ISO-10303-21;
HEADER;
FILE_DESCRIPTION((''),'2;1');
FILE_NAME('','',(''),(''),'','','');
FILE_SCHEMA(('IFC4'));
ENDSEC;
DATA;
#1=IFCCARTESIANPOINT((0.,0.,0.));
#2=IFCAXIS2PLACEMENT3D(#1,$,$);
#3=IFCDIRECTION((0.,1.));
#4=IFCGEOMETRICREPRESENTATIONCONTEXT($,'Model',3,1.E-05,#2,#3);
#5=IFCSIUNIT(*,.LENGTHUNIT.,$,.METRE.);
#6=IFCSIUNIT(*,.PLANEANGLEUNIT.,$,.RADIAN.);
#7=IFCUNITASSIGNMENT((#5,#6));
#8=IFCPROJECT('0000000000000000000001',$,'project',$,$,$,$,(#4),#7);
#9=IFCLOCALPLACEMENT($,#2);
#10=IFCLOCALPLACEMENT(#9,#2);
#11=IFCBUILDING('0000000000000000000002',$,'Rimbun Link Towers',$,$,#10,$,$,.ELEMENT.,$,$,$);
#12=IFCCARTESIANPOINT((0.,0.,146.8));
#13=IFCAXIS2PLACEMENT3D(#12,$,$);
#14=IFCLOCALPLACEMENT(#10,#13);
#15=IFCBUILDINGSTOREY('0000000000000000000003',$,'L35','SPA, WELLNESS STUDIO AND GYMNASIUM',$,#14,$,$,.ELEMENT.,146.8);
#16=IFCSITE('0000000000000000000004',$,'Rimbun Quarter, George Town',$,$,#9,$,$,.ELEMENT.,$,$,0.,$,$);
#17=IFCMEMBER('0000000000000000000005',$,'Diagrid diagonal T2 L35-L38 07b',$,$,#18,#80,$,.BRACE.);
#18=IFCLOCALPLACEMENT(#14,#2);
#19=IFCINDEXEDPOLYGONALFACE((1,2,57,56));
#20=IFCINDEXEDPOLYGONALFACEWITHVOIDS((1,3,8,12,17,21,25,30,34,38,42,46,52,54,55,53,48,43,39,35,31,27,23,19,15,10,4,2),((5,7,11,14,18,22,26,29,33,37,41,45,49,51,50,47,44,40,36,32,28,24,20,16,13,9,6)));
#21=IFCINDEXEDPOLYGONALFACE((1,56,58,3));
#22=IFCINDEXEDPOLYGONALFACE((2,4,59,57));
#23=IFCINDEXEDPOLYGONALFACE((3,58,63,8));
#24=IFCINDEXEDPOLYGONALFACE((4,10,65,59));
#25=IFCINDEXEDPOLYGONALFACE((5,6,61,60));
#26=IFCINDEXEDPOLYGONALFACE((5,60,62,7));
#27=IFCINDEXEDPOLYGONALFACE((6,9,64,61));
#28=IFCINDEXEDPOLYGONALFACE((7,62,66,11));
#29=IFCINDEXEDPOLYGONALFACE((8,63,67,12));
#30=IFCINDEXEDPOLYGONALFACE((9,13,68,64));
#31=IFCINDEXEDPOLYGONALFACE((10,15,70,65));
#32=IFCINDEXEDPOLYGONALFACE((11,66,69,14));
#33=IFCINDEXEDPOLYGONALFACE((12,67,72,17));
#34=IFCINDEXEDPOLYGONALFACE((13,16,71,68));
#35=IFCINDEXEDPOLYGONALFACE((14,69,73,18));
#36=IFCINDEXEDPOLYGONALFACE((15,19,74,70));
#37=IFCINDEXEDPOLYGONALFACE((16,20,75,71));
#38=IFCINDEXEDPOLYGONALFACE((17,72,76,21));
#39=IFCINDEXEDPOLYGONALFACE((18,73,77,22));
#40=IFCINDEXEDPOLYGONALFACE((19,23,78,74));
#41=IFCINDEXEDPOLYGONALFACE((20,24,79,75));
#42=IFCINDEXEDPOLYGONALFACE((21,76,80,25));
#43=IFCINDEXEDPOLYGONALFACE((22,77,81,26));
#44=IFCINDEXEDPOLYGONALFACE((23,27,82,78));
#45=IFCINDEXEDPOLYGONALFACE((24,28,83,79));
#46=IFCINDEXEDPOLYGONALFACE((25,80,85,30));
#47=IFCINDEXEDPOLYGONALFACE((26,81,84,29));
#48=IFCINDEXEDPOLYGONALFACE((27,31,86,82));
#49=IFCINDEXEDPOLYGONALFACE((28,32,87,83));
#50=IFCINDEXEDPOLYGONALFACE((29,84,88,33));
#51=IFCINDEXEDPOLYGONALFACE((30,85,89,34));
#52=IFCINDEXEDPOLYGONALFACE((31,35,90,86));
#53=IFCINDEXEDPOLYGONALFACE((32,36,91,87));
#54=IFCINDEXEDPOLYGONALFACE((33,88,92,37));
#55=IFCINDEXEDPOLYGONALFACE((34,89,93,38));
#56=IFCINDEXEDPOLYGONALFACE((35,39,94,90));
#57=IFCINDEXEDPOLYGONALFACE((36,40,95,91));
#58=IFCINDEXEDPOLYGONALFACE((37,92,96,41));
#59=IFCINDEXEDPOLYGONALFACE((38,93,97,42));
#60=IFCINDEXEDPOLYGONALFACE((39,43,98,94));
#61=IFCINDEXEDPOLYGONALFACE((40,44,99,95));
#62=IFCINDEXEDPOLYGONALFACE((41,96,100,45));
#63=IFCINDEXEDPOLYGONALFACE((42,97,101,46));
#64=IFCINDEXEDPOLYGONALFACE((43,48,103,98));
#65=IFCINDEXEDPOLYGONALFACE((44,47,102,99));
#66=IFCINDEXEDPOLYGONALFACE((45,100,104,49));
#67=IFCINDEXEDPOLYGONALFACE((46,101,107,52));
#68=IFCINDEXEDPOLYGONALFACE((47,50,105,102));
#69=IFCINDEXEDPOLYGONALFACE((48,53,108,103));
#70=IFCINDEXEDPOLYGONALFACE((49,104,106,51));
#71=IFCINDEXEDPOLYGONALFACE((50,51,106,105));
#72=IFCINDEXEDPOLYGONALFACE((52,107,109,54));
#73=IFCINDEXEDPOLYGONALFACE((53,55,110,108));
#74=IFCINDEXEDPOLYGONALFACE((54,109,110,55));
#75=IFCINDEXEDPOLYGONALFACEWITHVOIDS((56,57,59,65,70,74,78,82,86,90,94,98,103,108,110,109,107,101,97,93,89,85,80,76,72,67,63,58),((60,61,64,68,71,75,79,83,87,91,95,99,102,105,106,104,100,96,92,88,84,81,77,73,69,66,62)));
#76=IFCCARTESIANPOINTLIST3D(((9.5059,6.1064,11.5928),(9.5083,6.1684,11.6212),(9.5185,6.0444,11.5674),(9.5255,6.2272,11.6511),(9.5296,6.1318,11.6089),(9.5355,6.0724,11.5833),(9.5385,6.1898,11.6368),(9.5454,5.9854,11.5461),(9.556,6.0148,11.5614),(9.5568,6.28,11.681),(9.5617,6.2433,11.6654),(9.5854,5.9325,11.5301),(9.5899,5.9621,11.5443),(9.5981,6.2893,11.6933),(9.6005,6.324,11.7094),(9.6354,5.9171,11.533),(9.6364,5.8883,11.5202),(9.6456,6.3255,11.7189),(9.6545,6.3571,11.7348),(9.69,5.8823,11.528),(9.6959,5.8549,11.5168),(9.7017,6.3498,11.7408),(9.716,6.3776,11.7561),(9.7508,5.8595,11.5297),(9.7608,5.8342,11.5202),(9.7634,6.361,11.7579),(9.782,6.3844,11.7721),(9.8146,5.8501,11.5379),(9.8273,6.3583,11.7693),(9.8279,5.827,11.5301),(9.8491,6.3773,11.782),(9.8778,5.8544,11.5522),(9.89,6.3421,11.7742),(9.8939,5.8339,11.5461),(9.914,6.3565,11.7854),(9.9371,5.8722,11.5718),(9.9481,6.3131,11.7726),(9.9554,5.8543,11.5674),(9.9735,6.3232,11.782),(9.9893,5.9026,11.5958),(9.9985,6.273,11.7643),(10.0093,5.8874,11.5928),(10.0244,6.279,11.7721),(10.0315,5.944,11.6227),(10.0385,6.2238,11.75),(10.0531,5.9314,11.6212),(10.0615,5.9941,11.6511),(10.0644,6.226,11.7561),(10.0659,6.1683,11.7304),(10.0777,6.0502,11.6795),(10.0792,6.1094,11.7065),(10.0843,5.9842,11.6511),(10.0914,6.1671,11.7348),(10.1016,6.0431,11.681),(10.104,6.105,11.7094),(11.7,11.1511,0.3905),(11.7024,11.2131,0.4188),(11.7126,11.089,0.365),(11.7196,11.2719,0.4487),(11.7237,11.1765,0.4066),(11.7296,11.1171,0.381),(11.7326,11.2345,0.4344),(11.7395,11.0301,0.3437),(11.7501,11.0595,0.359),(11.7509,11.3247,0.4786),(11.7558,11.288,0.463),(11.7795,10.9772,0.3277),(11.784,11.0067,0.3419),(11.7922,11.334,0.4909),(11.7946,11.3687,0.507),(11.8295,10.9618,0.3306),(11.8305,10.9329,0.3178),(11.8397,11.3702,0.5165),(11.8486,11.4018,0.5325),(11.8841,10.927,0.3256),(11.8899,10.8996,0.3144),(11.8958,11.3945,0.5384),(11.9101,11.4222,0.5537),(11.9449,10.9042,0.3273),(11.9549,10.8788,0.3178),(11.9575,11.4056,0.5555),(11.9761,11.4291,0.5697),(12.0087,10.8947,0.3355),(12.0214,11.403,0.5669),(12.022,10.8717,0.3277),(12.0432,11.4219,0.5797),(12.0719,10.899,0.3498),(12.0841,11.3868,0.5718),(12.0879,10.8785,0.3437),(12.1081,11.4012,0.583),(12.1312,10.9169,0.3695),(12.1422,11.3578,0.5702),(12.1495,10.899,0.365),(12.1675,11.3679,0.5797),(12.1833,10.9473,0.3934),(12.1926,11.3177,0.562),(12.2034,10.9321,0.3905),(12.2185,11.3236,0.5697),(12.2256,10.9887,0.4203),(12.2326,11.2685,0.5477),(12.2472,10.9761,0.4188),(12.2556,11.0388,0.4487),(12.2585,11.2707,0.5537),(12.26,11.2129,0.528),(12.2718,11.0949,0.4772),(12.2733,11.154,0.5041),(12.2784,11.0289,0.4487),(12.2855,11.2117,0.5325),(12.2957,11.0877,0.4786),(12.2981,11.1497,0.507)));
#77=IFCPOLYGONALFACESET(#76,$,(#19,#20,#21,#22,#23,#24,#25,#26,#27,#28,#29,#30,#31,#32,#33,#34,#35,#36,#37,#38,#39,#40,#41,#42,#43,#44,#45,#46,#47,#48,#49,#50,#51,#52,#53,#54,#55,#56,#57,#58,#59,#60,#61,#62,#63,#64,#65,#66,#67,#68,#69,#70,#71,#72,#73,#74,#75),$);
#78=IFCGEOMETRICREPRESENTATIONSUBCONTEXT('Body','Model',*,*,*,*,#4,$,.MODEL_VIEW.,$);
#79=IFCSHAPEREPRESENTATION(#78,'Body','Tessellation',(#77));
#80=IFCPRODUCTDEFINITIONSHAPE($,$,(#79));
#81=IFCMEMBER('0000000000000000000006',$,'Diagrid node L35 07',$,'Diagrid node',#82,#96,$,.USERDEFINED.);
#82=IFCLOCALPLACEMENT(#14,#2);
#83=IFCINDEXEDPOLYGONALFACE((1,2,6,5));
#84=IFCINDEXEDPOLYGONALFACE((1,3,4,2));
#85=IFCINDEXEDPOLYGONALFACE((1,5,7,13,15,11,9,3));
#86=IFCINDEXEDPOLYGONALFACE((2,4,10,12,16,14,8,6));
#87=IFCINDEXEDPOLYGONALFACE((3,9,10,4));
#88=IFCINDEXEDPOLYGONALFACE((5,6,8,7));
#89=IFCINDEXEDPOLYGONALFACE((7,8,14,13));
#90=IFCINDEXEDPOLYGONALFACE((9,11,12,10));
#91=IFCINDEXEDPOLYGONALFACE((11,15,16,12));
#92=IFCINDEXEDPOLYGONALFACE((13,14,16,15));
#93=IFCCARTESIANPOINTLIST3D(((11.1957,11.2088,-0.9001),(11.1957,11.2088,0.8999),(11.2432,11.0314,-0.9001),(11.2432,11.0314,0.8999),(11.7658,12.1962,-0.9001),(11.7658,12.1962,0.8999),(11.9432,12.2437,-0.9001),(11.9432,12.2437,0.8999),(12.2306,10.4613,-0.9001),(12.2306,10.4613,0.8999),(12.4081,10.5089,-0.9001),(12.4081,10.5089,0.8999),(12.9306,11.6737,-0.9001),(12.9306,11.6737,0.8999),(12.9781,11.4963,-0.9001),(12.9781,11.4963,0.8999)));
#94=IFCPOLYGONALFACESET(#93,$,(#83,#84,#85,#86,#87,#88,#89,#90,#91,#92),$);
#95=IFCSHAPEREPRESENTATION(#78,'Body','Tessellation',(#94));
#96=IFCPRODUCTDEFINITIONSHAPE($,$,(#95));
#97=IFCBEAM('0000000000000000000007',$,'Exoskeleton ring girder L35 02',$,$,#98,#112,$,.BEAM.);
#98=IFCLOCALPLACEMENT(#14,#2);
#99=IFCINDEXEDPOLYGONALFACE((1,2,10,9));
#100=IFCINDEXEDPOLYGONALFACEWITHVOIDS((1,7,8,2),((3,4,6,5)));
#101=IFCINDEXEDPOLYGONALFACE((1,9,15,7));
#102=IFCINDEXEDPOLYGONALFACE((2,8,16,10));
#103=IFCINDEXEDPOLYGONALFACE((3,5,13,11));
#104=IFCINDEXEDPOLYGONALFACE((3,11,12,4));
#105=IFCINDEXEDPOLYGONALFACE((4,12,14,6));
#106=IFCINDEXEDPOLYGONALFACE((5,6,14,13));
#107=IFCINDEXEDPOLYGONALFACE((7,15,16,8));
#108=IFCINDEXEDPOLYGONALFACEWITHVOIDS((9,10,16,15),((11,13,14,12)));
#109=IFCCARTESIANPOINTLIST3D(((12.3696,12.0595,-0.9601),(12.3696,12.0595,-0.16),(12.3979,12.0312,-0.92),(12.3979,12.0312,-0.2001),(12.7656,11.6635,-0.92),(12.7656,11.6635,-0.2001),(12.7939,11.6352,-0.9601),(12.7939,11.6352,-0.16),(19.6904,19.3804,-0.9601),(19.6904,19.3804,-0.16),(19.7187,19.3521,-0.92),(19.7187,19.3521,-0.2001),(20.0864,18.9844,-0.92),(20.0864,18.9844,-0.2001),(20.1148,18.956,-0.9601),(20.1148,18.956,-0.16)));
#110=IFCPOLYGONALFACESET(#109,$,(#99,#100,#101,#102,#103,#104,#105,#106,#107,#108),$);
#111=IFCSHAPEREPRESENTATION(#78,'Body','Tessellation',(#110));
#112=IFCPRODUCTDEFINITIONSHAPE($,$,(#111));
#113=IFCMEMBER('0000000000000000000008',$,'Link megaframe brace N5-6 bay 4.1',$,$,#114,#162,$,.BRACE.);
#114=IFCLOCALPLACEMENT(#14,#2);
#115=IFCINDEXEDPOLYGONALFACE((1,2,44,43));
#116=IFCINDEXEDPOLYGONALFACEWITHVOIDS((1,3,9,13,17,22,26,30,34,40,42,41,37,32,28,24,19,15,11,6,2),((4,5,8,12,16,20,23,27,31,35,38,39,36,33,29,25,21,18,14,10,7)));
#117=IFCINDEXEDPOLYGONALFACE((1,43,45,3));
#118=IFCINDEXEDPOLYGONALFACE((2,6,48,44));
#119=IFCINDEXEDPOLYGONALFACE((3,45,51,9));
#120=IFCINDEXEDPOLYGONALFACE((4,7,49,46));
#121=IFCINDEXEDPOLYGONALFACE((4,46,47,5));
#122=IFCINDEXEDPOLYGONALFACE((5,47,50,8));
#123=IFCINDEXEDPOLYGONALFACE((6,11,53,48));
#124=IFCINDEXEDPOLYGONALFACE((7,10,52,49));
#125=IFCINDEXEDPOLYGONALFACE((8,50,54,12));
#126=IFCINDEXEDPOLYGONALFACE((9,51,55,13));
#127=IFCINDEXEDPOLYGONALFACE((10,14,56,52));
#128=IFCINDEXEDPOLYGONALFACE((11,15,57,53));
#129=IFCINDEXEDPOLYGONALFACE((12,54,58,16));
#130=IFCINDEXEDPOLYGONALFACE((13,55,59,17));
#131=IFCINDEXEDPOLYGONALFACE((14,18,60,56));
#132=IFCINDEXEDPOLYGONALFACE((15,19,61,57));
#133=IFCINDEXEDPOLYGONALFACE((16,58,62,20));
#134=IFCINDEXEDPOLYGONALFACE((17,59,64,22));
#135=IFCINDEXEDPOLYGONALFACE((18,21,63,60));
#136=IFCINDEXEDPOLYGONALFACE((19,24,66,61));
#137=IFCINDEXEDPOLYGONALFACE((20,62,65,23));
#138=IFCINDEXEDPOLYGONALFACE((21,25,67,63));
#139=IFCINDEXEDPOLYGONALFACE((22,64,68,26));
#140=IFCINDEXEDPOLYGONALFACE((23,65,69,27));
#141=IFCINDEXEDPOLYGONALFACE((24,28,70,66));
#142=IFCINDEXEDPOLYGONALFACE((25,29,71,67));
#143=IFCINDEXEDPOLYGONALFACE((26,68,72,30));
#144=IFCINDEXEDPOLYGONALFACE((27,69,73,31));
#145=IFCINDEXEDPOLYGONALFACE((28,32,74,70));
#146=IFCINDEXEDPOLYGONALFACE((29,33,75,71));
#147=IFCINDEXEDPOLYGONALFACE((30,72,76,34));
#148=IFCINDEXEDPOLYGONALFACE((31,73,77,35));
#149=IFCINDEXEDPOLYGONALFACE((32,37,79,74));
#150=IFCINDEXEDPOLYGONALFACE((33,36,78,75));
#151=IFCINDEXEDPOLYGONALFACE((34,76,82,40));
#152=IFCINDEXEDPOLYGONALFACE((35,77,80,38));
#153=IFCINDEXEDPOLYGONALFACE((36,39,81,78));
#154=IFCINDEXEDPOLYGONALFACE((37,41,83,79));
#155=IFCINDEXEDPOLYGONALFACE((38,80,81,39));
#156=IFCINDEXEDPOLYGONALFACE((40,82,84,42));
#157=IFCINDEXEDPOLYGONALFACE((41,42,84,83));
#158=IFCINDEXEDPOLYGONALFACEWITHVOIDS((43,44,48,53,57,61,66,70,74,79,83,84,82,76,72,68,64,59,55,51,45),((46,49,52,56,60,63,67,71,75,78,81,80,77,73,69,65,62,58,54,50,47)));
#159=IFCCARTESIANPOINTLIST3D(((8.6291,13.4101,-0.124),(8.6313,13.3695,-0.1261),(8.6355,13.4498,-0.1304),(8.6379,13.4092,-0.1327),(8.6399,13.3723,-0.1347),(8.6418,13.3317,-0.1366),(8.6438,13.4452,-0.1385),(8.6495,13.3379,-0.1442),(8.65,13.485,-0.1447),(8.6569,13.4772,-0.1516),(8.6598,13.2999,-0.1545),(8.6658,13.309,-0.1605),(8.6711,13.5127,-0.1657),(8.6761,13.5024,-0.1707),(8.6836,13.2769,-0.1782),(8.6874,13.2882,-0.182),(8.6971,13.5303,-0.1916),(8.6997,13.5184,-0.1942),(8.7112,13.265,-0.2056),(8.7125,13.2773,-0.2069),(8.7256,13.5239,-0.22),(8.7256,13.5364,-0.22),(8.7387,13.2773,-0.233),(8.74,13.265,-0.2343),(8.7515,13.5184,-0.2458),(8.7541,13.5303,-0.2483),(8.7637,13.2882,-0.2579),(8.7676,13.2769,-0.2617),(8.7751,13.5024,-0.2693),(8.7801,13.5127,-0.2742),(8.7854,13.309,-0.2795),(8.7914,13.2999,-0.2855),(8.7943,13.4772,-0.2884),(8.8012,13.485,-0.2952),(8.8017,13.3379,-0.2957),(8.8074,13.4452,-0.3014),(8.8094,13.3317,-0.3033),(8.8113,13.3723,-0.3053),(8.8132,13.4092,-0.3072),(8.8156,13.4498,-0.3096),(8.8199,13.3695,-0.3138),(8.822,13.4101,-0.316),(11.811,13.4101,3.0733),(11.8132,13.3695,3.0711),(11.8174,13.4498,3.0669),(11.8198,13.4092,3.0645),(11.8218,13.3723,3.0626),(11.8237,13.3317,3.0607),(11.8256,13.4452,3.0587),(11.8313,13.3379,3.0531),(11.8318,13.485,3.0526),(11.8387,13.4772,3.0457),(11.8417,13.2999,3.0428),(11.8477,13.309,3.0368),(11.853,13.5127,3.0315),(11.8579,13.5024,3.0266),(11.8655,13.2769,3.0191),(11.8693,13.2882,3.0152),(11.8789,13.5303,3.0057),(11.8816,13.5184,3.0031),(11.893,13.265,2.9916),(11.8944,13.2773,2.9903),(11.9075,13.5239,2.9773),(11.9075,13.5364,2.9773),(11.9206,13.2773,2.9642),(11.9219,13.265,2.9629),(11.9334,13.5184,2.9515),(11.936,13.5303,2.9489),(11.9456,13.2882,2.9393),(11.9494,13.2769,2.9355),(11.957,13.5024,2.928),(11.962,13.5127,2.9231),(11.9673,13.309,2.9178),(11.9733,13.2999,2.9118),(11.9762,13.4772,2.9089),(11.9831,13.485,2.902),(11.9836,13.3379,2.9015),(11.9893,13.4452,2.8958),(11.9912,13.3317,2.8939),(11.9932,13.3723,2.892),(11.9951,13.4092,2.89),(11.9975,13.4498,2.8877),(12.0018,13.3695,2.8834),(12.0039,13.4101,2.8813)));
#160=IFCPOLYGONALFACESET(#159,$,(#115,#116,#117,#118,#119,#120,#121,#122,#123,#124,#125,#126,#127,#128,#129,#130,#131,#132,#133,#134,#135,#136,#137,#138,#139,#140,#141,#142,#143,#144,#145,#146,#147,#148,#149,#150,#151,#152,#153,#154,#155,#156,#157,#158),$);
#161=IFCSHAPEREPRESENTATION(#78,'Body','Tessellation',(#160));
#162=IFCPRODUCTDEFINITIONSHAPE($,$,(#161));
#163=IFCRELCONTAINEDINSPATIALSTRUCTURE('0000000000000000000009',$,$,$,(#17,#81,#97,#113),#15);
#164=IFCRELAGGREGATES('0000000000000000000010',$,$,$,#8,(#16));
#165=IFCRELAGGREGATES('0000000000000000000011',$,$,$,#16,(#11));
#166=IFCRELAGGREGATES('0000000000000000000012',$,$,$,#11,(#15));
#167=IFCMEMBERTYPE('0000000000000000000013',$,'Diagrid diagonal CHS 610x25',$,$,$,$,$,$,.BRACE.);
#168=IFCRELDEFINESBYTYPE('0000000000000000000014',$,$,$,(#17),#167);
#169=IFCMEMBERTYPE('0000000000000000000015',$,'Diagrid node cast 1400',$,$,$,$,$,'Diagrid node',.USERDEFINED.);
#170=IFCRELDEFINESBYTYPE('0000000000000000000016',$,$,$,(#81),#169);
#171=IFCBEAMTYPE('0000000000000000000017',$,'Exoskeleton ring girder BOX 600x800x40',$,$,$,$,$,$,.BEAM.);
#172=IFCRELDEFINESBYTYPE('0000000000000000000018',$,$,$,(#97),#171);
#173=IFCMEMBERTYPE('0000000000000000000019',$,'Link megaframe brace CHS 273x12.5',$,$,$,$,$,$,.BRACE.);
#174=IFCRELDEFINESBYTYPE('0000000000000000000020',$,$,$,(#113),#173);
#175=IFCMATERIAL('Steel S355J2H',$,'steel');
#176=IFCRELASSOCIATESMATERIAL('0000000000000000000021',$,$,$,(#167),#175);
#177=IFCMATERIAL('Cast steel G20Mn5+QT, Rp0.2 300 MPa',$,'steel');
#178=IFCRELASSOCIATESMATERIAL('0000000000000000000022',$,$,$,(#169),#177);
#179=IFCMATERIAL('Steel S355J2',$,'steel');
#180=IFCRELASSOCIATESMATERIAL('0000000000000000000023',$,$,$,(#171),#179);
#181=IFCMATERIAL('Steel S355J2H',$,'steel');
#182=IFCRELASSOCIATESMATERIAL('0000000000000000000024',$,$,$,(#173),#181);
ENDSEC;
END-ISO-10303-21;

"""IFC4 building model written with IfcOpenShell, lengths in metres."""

from ifc_helpers import new_model, si_unit, direction, frame, origin, origin_2d, place, context, subcontext, project, spatial, polyline, hollow_rectangle, hollow_circle, outline, extrude, material, material_profile, profile_set, type_object, element, save


model = new_model("IFC4")

# Units and contexts
model_context = context("Model", 3, precision=1e-05, world=origin(), true_north=direction((0.0, 1.0)))
body_context = subcontext(model_context, "Body", "Model", "MODEL_VIEW")
ifc_project = project(units=[si_unit("LENGTHUNIT", "METRE"), si_unit("PLANEANGLEUNIT", "RADIAN")], contexts=[model_context])

# Site, building, storey
site_placement = place(None, origin())
site = spatial("IfcSite", under=ifc_project, at=site_placement, Name="Rimbun Quarter, George Town", CompositionType="ELEMENT", RefElevation=0.0)
building_placement = place(site_placement, origin())
building = spatial("IfcBuilding", under=site, at=building_placement, Name="Rimbun Link Towers", CompositionType="ELEMENT")
storey_placement = place(building_placement, frame((0.0, 0.0, 146.8)))
storey = spatial("IfcBuildingStorey", under=building, at=storey_placement, Name="L35", Description="SPA, WELLNESS STUDIO AND GYMNASIUM", CompositionType="ELEMENT", Elevation=146.8)

# Members
ifc_material_1 = material(Name="Steel S355J2H", Category="steel")
ifc_material_profile_1 = material_profile(ifc_material_1, hollow_circle(Radius=0.3047, WallThickness=0.0249, at=origin_2d()), Name="Diagrid diagonal CHS 610x25")
ifc_profile_set_1 = profile_set([ifc_material_profile_1], Name="Steel S355J2H")
member_type_1 = type_object("IfcMemberType", Name="Diagrid diagonal CHS 610x25", PredefinedType="BRACE", material=ifc_profile_set_1)
member_1_placement = place(storey_placement, frame((11.999, 11.1504, 0.4487), z_axis=(-0.175805, -0.404213, 0.89761), x_axis=(0.91702, -0.398841, 0.0)))
element("IfcMember", 1, at=member_1_placement, inside=storey, type_object=member_type_1, Name="Diagrid diagonal T2 L35-L38 07b", PredefinedType="BRACE", context=body_context, shape_type="SweptSolid", body=[
    extrude(hollow_circle(Radius=0.3047, WallThickness=0.0249, at=origin_2d()), origin(), (0.0, 0.0, 1.0), 12.4802),
])
ifc_material_2 = material(Name="Cast steel G20Mn5+QT, Rp0.2 300 MPa", Category="steel")
ifc_material_profile_2 = material_profile(ifc_material_2, outline(polyline([(0.7, -0.5701), (0.7, 0.5701), (0.5701, 0.7), (-0.5701, 0.7), (-0.7, 0.5701), (-0.7, -0.5701), (-0.5701, -0.7), (0.5701, -0.7), (0.7, -0.5701)])), Name="NODE 1400x1400")
ifc_profile_set_2 = profile_set([ifc_material_profile_2], Name="Cast steel G20Mn5+QT, Rp0.2 300 MPa")
member_type_2 = type_object("IfcMemberType", Name="Diagrid node cast 1400", ElementType="Diagrid node", PredefinedType="USERDEFINED", material=ifc_profile_set_2)
member_2_placement = place(storey_placement, frame((12.0869, 11.3525, -0.9001), z_axis=(0.0, 0.0, 1.0), x_axis=(-0.866025, 0.5, 0.0)))
element("IfcMember", 2, at=member_2_placement, inside=storey, type_object=member_type_2, Name="Diagrid node L35 07", ObjectType="Diagrid node", PredefinedType="USERDEFINED", context=body_context, shape_type="SweptSolid", body=[
    extrude(outline(polyline([(0.7, -0.5701), (0.7, 0.5701), (0.5701, 0.7), (-0.5701, 0.7), (-0.7, 0.5701), (-0.7, -0.5701), (-0.5701, -0.7), (0.5701, -0.7), (0.7, -0.5701)])), origin(), (0.0, 0.0, 1.0), 1.8),
])

# Beam
ifc_material_3 = material(Name="Steel S355J2", Category="steel")
ifc_material_profile_3 = material_profile(ifc_material_3, hollow_rectangle(XDim=0.6001, YDim=0.8, WallThickness=0.04, at=origin_2d()), Name="Exoskeleton ring girder BOX 600x800x40")
ifc_profile_set_3 = profile_set([ifc_material_profile_3], Name="Steel S355J2")
beam_type = type_object("IfcBeamType", Name="Exoskeleton ring girder BOX 600x800x40", PredefinedType="BEAM", material=ifc_profile_set_3)
beam_placement = place(storey_placement, frame((19.9026, 19.1682, -0.5601), z_axis=(-0.707107, -0.707107, 0.0), x_axis=(0.707107, -0.707107, 0.0)))
element("IfcBeam", 3, at=beam_placement, inside=storey, type_object=beam_type, Name="Exoskeleton ring girder L35 02", PredefinedType="BEAM", context=body_context, shape_type="SweptSolid", body=[
    extrude(hollow_rectangle(XDim=0.6001, YDim=0.8, WallThickness=0.04, at=origin_2d()), origin(), (0.0, 0.0, 1.0), 10.3533),
])

# Member
ifc_material_4 = material(Name="Steel S355J2H", Category="steel")
ifc_material_profile_4 = material_profile(ifc_material_4, hollow_circle(Radius=0.1365, WallThickness=0.0125, at=origin_2d()), Name="CHS 273x12.5")
ifc_profile_set_4 = profile_set([ifc_material_profile_4], Name="Steel S355J2H")
member_type_3 = type_object("IfcMemberType", Name="Link megaframe brace CHS 273x12.5", PredefinedType="BRACE", material=ifc_profile_set_4)
member_3_placement = place(storey_placement, frame((8.7256, 13.3999, -0.22), z_axis=(0.7054, 0.0, 0.70881), x_axis=(0.0, 1.0, 0.0)))
element("IfcMember", 4, at=member_3_placement, inside=storey, type_object=member_type_3, Name="Link megaframe brace N5-6 bay 4.1", PredefinedType="BRACE", context=body_context, shape_type="SweptSolid", body=[
    extrude(hollow_circle(Radius=0.1365, WallThickness=0.0125, at=origin_2d()), origin(), (0.0, 0.0, 1.0), 4.5107),
])

save(model, "model.ifc")
